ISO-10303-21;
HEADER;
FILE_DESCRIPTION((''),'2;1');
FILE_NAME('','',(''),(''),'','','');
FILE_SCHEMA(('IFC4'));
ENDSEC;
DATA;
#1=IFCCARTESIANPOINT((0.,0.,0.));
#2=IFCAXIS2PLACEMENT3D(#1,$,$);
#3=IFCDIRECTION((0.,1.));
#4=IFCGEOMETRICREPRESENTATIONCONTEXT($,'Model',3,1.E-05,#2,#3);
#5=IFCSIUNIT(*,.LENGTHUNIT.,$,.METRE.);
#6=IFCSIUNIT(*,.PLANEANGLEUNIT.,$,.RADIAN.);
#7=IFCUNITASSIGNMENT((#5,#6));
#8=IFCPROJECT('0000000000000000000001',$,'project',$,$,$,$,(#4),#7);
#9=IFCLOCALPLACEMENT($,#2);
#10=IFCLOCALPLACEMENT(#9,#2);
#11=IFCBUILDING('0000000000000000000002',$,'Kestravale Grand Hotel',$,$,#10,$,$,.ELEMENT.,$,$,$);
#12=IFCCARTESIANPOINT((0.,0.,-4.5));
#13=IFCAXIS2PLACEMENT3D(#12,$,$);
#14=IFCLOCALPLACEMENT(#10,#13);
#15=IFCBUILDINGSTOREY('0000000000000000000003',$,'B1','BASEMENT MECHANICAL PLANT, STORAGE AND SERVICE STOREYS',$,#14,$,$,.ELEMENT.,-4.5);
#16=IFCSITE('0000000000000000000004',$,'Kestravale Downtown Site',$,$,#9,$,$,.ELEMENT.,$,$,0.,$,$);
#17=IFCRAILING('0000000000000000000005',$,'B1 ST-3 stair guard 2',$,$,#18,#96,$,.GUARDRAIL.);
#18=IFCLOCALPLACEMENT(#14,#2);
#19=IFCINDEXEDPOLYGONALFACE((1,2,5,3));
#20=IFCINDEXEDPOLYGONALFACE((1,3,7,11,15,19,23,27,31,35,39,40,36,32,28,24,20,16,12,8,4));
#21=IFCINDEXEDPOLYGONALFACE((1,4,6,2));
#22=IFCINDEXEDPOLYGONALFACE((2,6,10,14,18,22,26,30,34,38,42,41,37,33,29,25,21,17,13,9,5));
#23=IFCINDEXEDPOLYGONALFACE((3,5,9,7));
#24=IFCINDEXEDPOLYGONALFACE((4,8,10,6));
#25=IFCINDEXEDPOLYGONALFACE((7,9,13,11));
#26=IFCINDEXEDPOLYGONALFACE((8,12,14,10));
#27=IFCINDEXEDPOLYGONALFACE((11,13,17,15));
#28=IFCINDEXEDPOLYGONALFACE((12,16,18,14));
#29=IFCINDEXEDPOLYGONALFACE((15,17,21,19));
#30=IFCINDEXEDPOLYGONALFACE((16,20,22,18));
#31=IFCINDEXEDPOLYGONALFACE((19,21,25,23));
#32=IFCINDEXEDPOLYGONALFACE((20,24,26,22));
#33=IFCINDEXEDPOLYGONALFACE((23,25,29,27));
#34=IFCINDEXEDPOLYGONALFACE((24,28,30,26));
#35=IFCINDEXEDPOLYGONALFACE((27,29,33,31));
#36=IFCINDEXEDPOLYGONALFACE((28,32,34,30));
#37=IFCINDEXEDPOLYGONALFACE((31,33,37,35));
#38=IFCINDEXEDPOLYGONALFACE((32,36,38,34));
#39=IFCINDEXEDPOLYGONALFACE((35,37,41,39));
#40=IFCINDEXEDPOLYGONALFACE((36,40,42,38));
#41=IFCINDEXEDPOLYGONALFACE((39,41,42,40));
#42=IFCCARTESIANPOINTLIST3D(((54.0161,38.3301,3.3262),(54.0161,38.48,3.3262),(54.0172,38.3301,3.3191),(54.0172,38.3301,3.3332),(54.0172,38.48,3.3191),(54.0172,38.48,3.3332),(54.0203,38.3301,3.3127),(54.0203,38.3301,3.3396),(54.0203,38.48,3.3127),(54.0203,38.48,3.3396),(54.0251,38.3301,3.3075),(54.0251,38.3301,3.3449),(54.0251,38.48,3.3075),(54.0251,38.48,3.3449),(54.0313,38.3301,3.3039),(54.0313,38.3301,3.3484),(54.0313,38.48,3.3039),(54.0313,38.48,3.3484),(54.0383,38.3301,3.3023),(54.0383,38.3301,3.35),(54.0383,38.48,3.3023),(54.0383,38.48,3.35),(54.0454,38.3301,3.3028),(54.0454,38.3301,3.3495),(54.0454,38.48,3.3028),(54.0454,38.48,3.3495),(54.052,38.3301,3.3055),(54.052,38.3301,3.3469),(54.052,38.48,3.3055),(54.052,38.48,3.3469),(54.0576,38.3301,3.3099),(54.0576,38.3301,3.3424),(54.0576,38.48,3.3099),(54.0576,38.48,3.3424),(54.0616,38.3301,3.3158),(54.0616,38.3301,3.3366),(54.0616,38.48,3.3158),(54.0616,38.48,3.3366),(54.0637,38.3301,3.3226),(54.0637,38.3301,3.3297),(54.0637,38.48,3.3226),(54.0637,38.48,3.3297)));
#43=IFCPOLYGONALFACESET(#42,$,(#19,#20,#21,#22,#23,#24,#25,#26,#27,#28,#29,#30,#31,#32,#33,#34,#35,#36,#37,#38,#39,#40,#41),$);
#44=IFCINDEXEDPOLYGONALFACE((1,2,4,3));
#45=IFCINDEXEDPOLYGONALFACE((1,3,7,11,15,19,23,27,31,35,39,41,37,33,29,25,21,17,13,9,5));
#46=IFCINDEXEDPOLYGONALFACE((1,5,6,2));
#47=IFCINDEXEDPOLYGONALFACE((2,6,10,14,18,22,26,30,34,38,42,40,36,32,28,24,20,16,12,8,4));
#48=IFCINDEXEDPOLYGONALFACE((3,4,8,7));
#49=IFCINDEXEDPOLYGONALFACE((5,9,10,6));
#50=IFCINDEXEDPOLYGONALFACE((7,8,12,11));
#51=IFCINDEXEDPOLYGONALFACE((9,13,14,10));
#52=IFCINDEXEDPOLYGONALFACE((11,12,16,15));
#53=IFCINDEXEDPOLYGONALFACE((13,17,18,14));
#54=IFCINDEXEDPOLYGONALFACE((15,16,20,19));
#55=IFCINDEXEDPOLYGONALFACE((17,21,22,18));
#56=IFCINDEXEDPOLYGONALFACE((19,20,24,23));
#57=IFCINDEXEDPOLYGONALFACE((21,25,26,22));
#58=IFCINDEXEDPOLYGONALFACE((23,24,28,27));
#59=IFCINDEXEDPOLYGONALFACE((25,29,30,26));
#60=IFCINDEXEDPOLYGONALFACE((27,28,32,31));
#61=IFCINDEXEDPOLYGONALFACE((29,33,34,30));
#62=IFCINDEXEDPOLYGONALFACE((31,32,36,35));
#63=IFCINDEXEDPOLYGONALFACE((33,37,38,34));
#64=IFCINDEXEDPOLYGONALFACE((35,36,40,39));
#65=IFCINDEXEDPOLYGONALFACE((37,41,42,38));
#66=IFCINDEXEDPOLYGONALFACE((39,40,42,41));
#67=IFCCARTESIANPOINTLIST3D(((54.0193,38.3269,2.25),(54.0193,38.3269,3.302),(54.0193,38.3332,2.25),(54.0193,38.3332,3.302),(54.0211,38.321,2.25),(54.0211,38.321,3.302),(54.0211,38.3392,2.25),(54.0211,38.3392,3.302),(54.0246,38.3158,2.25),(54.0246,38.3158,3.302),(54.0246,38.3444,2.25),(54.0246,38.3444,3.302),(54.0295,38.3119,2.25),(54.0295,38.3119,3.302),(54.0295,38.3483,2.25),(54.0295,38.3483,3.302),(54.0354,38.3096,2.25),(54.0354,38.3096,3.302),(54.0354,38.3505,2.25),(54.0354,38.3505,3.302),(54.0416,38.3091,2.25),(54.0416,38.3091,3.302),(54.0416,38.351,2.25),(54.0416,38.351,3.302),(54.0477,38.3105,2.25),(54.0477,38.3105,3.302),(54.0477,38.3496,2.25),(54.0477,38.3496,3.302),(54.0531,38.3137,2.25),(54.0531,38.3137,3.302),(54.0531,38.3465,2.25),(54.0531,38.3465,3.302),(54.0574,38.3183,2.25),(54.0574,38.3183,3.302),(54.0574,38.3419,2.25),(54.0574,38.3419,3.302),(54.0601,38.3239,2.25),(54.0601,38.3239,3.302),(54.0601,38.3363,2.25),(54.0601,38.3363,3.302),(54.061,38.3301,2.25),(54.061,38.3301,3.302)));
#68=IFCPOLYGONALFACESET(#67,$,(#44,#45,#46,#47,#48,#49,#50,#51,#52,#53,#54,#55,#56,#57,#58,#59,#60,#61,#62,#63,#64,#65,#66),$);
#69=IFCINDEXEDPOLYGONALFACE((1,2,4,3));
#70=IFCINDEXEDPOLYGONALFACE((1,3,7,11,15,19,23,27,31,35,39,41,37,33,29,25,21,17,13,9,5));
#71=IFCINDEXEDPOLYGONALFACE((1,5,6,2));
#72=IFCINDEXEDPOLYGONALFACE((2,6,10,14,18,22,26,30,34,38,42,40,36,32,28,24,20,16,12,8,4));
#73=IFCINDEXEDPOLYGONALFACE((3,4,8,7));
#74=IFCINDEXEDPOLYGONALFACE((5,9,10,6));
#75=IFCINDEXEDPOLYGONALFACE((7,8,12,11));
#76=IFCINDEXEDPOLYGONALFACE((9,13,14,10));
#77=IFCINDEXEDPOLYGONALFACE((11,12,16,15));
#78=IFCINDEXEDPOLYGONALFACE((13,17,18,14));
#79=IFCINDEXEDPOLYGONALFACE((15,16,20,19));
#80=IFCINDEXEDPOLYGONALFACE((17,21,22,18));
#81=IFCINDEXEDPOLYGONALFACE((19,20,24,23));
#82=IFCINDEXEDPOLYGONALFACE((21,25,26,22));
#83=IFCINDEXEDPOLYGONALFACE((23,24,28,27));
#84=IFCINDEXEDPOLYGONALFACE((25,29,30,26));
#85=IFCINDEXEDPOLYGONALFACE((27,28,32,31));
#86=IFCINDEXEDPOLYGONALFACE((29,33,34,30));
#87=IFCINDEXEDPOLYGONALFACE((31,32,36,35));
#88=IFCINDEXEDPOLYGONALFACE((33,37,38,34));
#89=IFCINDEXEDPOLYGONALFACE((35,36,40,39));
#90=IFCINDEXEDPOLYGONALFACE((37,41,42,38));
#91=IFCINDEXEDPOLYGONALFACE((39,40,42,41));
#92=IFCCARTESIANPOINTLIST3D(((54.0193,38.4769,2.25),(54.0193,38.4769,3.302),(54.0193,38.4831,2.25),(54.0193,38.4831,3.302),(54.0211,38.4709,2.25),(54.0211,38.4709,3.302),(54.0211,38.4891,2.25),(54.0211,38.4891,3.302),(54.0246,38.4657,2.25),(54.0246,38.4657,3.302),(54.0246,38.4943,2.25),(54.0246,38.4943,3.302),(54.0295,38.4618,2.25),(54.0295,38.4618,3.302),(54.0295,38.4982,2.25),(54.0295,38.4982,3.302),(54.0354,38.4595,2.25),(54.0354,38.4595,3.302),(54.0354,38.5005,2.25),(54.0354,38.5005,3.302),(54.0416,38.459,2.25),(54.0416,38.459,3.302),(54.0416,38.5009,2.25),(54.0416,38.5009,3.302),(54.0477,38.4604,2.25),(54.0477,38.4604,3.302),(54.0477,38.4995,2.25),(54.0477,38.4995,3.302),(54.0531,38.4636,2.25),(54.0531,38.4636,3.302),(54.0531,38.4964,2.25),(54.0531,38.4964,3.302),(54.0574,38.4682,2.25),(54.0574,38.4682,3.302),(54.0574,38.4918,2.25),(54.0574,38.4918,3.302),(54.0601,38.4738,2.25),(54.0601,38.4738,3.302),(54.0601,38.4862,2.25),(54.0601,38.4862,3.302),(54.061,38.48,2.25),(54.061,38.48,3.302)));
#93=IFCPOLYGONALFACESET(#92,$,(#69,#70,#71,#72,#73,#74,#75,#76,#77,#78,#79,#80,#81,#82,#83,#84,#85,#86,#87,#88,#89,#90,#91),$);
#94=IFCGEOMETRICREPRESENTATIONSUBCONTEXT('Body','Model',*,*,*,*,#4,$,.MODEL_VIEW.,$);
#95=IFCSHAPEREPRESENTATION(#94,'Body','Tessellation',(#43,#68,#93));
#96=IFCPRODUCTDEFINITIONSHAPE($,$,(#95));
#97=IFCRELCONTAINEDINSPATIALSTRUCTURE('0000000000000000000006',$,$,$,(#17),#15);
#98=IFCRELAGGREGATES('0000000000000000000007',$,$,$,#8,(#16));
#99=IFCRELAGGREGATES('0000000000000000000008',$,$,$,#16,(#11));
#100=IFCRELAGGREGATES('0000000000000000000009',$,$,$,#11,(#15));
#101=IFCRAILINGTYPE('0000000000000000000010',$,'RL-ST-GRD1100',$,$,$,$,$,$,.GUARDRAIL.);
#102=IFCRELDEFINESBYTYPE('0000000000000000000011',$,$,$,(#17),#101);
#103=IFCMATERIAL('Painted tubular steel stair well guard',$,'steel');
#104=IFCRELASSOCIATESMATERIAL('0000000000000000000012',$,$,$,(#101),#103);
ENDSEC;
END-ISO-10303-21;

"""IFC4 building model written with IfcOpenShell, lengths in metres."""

from ifc_helpers import new_model, si_unit, direction, frame, origin, origin_2d, place, context, subcontext, project, spatial, circle, extrude, material, type_object, element, save


model = new_model("IFC4")

# Units and contexts
model_context = context("Model", 3, precision=1e-05, world=origin(), true_north=direction((0.0, 1.0)))
body_context = subcontext(model_context, "Body", "Model", "MODEL_VIEW")
ifc_project = project(units=[si_unit("LENGTHUNIT", "METRE"), si_unit("PLANEANGLEUNIT", "RADIAN")], contexts=[model_context])

# Site, building, storey
site_placement = place(None, origin())
site = spatial("IfcSite", under=ifc_project, at=site_placement, Name="Kestravale Downtown Site", CompositionType="ELEMENT", RefElevation=0.0)
building_placement = place(site_placement, origin())
building = spatial("IfcBuilding", under=site, at=building_placement, Name="Kestravale Grand Hotel", CompositionType="ELEMENT")
storey_placement = place(building_placement, frame((0.0, 0.0, -4.5)))
storey = spatial("IfcBuildingStorey", under=building, at=storey_placement, Name="B1", Description="BASEMENT MECHANICAL PLANT, STORAGE AND SERVICE STOREYS", CompositionType="ELEMENT", Elevation=-4.5)

# Railing
ifc_material_1 = material(Name="Painted tubular steel stair well guard", Category="steel")
railing_type_1 = type_object("IfcRailingType", Name="RL-ST-GRD1100", PredefinedType="GUARDRAIL", material=ifc_material_1)
railing_1_placement = place(storey_placement, frame((54.04, 38.3301, 2.25)))
element("IfcRailing", 1, at=railing_1_placement, inside=storey, type_object=railing_type_1, Name="B1 ST-3 stair guard 2", PredefinedType="GUARDRAIL", context=body_context, shape_type="SweptSolid", body=[
    extrude(circle(Radius=0.0239, at=origin_2d()), frame((0.0, 0.0, 1.0762), z_axis=(0.0, 1.0, 0.0), x_axis=(-1.0, 0.0, 0.0)), (0.0, 0.0, 1.0), 0.1499),
    extrude(circle(Radius=0.021, at=origin_2d()), origin(), (0.0, 0.0, 1.0), 1.052),
    extrude(circle(Radius=0.021, at=origin_2d()), frame((0.0, 0.1499, 0.0)), (0.0, 0.0, 1.0), 1.052),
])

save(model, "model.ifc")
